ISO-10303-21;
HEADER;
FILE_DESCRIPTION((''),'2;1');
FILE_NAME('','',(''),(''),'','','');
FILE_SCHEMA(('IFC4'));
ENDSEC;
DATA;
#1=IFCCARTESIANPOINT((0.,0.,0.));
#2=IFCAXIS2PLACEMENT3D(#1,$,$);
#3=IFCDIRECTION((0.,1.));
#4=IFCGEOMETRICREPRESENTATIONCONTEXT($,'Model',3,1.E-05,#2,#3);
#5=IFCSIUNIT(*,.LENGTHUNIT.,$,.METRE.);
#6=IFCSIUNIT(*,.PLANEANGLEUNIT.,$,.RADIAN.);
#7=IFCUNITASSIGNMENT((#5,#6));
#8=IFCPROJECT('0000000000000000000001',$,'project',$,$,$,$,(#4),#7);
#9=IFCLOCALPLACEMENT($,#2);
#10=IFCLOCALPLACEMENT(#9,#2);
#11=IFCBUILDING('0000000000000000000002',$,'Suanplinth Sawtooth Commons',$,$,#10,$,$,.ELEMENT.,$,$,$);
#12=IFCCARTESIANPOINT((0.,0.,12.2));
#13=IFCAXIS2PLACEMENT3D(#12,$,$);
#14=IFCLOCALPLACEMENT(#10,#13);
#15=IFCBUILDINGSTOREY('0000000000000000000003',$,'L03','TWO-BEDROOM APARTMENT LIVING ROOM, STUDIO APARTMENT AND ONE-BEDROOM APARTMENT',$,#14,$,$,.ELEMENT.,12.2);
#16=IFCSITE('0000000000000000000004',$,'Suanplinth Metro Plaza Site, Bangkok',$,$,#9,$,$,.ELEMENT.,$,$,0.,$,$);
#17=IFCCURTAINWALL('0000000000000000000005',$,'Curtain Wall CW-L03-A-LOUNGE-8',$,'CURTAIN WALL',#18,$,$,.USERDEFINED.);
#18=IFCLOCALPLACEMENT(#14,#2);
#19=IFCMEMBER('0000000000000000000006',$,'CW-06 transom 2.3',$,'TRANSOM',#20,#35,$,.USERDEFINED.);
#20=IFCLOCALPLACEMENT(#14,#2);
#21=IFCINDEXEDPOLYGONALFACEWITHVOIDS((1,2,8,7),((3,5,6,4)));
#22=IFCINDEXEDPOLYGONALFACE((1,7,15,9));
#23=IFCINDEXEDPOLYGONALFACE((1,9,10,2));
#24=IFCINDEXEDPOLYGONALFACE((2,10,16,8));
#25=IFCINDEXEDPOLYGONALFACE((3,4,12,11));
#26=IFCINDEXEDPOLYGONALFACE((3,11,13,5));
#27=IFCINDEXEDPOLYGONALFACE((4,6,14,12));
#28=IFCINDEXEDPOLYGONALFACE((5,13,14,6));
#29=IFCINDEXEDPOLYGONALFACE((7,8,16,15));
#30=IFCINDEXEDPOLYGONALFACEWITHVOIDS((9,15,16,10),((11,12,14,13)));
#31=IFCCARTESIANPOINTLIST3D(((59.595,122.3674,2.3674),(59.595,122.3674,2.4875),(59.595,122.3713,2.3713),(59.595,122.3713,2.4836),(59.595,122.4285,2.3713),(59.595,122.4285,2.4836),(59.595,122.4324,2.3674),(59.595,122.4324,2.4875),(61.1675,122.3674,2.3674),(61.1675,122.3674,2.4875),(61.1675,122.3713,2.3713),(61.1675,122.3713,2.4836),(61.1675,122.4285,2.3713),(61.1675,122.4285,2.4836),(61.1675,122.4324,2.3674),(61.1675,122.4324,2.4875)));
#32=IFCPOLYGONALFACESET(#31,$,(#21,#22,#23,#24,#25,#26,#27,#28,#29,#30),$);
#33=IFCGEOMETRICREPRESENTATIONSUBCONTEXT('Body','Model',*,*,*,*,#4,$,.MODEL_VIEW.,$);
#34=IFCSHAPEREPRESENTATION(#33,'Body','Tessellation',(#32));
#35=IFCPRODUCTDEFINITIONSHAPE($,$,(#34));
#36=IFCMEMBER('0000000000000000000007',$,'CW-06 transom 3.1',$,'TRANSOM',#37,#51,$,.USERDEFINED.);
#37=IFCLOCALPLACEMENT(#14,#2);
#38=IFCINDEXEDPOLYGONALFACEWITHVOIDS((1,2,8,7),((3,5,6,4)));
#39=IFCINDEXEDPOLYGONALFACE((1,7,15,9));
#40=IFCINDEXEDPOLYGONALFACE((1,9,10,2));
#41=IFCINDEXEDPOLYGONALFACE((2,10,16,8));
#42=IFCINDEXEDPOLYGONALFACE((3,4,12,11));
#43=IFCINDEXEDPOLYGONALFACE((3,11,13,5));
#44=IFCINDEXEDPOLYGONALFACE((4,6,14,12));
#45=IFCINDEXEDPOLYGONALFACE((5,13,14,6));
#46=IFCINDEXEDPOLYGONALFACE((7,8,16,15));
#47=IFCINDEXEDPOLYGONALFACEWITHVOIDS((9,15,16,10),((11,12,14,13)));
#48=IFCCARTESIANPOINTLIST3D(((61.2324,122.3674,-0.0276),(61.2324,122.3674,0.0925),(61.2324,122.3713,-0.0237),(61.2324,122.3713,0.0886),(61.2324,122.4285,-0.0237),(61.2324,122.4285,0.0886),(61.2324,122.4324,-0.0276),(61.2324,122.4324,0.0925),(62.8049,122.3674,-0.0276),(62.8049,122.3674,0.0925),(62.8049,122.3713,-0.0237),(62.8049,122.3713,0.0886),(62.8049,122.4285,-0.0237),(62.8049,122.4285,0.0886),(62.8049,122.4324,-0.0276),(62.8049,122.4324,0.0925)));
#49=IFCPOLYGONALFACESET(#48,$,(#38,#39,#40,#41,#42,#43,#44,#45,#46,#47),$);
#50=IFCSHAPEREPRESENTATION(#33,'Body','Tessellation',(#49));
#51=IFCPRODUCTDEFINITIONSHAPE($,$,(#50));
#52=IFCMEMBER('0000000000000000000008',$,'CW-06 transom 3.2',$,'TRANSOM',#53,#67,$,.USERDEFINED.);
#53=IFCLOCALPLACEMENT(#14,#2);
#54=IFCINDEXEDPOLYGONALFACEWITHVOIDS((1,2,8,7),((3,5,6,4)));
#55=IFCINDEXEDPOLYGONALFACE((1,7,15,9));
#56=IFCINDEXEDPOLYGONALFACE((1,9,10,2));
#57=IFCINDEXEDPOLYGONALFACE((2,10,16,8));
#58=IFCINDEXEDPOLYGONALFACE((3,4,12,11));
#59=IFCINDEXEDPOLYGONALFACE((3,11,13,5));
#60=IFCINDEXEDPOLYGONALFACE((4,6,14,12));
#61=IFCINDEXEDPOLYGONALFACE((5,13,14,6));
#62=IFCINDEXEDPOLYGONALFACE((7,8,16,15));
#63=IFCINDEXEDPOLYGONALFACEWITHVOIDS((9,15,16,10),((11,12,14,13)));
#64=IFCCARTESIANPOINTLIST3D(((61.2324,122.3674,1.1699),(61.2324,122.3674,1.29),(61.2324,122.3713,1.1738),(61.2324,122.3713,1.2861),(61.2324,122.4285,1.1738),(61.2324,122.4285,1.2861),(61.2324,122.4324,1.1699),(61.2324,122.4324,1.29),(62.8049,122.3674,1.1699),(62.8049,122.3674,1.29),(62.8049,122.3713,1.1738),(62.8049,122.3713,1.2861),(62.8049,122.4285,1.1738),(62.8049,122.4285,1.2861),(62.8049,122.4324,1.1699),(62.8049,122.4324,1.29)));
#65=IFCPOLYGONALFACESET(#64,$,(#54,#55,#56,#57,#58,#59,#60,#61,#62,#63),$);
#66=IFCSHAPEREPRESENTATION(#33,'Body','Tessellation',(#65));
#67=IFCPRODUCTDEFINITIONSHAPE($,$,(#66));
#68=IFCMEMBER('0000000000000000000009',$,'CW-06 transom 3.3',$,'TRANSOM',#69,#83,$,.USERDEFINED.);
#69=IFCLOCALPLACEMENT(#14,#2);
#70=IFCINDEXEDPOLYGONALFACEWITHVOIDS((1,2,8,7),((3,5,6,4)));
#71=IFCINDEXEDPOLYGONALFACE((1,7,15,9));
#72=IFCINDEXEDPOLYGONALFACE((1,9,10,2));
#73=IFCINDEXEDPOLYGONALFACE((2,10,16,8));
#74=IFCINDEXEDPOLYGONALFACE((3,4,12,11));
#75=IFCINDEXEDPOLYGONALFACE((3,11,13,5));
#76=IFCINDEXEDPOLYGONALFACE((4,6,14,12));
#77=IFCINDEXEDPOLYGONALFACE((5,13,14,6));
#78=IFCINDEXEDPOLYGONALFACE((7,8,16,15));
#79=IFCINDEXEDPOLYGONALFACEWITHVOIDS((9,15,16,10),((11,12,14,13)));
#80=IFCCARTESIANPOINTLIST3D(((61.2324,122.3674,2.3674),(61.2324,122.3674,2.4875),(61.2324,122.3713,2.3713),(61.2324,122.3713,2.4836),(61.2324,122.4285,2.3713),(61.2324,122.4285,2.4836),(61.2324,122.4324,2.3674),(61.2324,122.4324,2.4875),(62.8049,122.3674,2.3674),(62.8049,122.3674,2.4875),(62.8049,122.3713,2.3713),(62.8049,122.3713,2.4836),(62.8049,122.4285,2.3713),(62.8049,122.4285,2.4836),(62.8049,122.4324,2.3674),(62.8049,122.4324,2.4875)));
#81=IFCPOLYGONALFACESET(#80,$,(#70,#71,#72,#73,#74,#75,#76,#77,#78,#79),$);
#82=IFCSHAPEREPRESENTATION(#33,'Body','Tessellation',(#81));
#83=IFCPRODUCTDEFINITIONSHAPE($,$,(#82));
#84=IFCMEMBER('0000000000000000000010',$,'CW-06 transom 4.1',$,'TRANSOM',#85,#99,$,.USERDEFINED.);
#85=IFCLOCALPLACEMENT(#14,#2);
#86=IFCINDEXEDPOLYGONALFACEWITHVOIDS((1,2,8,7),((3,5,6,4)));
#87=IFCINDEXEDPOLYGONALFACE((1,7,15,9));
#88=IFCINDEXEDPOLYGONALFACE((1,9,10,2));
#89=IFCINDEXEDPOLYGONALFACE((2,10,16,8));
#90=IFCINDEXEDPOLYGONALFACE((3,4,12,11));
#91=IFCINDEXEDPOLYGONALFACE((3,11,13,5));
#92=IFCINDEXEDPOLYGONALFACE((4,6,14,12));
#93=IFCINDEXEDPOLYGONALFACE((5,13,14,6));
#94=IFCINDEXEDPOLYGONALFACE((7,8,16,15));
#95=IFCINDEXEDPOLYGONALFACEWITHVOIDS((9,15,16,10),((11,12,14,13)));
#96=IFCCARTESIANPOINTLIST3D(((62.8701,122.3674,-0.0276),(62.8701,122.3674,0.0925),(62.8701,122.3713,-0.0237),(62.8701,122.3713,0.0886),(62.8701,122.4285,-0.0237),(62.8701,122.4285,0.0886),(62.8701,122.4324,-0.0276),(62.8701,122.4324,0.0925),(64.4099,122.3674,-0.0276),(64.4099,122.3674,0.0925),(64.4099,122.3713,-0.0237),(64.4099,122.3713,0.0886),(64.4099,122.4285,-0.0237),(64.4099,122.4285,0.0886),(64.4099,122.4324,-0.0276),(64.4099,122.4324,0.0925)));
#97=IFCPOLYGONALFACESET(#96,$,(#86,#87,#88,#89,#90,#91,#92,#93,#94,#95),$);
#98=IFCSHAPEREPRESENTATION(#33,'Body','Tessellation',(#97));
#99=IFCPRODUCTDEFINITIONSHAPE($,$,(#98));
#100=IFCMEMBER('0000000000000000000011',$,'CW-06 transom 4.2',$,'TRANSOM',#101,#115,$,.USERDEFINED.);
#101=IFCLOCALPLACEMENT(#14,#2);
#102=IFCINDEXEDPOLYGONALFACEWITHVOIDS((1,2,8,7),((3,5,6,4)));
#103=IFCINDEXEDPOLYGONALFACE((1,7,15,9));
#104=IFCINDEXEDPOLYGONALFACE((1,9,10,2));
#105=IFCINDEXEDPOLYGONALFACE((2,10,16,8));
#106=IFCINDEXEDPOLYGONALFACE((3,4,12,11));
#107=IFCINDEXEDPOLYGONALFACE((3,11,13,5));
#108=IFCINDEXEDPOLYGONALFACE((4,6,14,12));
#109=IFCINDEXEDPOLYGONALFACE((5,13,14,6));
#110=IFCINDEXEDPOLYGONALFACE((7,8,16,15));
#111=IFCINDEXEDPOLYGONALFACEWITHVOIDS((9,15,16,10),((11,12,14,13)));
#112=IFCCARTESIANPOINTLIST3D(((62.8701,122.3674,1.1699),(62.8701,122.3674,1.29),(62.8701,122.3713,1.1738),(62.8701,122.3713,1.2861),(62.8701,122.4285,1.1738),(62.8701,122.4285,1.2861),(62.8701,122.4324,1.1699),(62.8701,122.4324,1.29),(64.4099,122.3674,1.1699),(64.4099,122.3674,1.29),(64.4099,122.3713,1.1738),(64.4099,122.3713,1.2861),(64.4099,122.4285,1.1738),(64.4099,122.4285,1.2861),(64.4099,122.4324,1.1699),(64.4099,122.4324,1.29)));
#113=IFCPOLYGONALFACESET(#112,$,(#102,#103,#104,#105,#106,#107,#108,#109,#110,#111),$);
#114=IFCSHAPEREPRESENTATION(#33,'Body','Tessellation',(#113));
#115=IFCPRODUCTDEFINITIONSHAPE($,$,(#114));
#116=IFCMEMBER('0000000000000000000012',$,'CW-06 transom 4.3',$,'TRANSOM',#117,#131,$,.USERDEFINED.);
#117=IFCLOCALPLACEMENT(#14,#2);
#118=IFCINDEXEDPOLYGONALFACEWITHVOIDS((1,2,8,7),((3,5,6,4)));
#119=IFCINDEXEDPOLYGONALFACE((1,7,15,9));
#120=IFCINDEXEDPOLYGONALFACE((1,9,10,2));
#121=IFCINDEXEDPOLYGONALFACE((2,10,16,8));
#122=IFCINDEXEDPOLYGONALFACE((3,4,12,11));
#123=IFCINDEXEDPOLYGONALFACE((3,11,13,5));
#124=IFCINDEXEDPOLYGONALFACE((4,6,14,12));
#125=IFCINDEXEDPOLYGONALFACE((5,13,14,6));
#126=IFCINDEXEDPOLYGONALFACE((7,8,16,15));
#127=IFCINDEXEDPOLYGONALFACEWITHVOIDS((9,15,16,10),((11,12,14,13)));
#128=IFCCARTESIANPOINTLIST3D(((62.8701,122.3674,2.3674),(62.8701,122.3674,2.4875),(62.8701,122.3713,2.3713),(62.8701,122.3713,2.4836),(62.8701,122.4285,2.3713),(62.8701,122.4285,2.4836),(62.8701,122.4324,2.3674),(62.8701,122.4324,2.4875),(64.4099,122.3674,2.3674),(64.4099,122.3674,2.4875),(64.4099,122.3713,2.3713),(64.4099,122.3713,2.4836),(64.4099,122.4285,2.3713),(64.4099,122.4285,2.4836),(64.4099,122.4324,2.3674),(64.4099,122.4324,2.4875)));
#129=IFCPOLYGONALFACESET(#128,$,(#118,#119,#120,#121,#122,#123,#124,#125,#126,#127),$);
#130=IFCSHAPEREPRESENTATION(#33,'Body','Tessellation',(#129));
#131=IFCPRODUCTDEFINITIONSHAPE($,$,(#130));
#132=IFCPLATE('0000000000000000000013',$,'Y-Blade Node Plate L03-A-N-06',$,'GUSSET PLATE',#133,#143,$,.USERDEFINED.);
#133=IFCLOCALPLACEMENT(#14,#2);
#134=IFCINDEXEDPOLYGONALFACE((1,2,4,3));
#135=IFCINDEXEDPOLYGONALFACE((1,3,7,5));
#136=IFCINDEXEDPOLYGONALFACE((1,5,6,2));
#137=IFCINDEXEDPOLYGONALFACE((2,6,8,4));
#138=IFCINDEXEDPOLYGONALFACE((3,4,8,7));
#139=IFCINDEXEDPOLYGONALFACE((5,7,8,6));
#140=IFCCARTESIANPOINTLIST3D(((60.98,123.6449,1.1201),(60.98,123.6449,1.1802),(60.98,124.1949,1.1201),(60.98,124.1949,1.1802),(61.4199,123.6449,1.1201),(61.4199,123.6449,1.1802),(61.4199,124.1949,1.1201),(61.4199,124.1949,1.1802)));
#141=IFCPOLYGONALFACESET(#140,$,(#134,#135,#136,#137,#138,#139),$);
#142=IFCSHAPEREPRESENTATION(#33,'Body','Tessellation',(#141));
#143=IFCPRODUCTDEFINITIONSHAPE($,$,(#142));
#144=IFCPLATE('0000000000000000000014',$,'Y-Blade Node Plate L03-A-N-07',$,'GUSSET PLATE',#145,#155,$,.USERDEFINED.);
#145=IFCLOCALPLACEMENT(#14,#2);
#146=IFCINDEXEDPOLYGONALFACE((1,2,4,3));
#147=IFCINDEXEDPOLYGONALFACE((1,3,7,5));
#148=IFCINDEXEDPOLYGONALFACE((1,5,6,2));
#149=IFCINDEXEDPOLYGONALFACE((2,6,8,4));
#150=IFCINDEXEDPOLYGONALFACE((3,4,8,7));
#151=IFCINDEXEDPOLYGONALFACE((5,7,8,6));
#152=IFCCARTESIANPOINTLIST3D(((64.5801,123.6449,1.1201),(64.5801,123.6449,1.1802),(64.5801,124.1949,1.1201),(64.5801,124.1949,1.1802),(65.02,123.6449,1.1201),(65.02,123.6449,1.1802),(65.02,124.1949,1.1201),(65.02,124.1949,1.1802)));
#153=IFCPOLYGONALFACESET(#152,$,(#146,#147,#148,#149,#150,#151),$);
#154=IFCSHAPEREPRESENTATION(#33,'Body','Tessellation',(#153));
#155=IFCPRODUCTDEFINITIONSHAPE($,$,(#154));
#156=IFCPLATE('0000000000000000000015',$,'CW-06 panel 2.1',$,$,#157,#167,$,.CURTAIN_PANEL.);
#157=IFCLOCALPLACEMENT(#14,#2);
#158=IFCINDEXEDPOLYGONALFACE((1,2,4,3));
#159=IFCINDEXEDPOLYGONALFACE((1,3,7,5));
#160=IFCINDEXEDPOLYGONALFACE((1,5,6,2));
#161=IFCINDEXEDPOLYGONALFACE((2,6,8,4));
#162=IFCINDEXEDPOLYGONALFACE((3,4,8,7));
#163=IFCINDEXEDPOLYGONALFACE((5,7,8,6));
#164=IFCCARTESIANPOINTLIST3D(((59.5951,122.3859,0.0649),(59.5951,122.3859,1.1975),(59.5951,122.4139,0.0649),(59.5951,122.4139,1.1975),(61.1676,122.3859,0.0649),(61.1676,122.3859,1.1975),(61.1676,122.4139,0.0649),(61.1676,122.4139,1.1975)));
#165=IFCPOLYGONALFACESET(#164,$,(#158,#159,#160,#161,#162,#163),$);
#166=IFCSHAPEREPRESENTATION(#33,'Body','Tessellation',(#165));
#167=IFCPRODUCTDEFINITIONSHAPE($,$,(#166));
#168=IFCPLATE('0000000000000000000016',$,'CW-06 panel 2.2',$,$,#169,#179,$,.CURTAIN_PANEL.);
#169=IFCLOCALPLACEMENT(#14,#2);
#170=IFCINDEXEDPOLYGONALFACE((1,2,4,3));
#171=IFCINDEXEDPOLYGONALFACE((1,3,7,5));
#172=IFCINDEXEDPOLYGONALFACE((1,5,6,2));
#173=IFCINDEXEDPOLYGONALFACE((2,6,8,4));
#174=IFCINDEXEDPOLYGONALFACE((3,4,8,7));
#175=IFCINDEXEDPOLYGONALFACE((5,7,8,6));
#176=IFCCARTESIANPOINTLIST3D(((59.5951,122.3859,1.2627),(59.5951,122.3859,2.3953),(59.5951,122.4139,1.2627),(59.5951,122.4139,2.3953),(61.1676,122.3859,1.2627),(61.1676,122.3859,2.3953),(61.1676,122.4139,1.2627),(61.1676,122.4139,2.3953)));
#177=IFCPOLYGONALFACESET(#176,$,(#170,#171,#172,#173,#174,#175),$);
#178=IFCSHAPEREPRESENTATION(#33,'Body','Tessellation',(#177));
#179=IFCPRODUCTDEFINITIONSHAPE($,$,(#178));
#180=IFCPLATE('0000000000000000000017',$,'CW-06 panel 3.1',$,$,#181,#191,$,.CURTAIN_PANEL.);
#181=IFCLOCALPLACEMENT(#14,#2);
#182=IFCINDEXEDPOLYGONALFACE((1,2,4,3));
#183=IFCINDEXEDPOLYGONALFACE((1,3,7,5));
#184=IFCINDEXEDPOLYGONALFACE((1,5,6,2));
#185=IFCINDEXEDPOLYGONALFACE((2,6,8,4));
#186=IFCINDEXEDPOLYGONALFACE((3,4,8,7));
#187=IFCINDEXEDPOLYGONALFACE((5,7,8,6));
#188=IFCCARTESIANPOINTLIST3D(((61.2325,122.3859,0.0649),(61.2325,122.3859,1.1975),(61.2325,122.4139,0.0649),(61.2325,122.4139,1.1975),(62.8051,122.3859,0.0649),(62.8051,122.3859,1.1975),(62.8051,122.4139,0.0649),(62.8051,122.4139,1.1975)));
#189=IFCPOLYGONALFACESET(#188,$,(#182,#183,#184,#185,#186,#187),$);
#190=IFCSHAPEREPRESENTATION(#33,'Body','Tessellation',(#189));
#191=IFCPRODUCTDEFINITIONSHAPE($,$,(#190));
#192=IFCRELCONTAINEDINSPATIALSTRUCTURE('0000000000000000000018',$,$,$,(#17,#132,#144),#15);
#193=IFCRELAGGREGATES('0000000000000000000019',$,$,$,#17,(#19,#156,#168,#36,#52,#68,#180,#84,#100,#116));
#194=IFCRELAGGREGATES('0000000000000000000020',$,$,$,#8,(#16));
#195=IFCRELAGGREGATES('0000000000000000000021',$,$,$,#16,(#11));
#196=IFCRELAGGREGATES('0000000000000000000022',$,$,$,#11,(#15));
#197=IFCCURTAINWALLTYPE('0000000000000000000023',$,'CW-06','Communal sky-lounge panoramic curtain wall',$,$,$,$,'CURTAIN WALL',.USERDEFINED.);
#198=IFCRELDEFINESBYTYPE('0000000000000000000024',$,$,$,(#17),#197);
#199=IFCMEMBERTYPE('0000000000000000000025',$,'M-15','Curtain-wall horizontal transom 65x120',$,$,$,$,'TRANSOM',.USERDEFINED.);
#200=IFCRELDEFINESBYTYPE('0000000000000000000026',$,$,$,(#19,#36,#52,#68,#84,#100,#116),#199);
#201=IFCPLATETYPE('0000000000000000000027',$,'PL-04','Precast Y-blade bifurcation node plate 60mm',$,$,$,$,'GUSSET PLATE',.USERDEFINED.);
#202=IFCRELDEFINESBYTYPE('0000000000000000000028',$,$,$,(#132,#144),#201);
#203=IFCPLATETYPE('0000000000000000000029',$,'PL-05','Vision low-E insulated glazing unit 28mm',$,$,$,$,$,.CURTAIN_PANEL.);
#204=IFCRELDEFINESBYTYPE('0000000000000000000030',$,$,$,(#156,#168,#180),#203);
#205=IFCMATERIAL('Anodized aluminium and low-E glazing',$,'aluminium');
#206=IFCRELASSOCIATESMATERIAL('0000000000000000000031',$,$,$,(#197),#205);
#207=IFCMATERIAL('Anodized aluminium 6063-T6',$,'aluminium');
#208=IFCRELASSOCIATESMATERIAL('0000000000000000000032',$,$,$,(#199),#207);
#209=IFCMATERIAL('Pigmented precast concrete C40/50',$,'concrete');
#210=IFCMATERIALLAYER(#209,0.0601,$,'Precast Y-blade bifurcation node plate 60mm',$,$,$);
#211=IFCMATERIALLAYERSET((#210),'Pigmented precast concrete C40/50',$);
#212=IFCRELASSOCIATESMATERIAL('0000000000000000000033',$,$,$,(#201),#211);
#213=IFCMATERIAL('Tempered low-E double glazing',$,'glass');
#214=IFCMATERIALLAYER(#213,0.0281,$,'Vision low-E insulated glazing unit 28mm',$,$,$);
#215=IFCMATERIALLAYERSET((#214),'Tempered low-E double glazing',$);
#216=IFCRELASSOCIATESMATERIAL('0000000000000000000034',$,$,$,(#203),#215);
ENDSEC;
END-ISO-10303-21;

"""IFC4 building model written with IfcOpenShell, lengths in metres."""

from ifc_helpers import new_model, si_unit, direction, frame, origin, origin_2d, place, context, subcontext, project, spatial, rectangle, hollow_rectangle, extrude, material, layer, layer_set, material_profile, profile_set, type_object, element, aggregate, save


model = new_model("IFC4")

# Units and contexts
model_context = context("Model", 3, precision=1e-05, world=origin(), true_north=direction((0.0, 1.0)))
body_context = subcontext(model_context, "Body", "Model", "MODEL_VIEW")
ifc_project = project(units=[si_unit("LENGTHUNIT", "METRE"), si_unit("PLANEANGLEUNIT", "RADIAN")], contexts=[model_context])

# Site, building, storey
site_placement = place(None, origin())
site = spatial("IfcSite", under=ifc_project, at=site_placement, Name="Suanplinth Metro Plaza Site, Bangkok", CompositionType="ELEMENT", RefElevation=0.0)
building_placement = place(site_placement, origin())
building = spatial("IfcBuilding", under=site, at=building_placement, Name="Suanplinth Sawtooth Commons", CompositionType="ELEMENT")
storey_placement = place(building_placement, frame((0.0, 0.0, 12.2)))
storey = spatial("IfcBuildingStorey", under=building, at=storey_placement, Name="L03", Description="TWO-BEDROOM APARTMENT LIVING ROOM, STUDIO APARTMENT AND ONE-BEDROOM APARTMENT", CompositionType="ELEMENT", Elevation=12.2)

# Shared definitions
ifc_material_1 = material(Name="Pigmented precast concrete C40/50", Category="concrete")

# Curtain wall, members
ifc_material_2 = material(Name="Anodized aluminium and low-E glazing", Category="aluminium")
curtain_wall_type = type_object("IfcCurtainWallType", Name="CW-06", Description="Communal sky-lounge panoramic curtain wall", ElementType="CURTAIN WALL", PredefinedType="USERDEFINED", material=ifc_material_2)
curtain_wall_placement = place(storey_placement, origin())
curtain_wall = element("IfcCurtainWall", 1, at=curtain_wall_placement, inside=storey, type_object=curtain_wall_type, Name="Curtain Wall CW-L03-A-LOUNGE-8", ObjectType="CURTAIN WALL", PredefinedType="USERDEFINED")
ifc_material_3 = material(Name="Anodized aluminium 6063-T6", Category="aluminium")
ifc_material_profile_1 = material_profile(ifc_material_3, hollow_rectangle(XDim=0.0649, YDim=0.1201, WallThickness=0.0039, at=origin_2d()), Name="ALU-TRN 65x120")
ifc_profile_set_1 = profile_set([ifc_material_profile_1], Name="Anodized aluminium 6063-T6")
member_type_1 = type_object("IfcMemberType", Name="M-15", Description="Curtain-wall horizontal transom 65x120", ElementType="TRANSOM", PredefinedType="USERDEFINED", material=ifc_profile_set_1)
member_1_placement = place(storey_placement, frame((59.595, 122.3999, 2.4275), z_axis=(1.0, 0.0, 0.0), x_axis=(0.0, 1.0, 0.0)))
member_1 = element("IfcMember", 2, at=member_1_placement, type_object=member_type_1, Name="CW-06 transom 2.3", ObjectType="TRANSOM", PredefinedType="USERDEFINED", context=body_context, shape_type="SweptSolid", body=[
    extrude(hollow_rectangle(XDim=0.0649, YDim=0.1201, WallThickness=0.0039, at=origin_2d()), origin(), (0.0, 0.0, 1.0), 1.5725),
])
member_2_placement = place(storey_placement, frame((61.2324, 122.3999, 0.0325), z_axis=(1.0, 0.0, 0.0), x_axis=(0.0, 1.0, 0.0)))
member_2 = element("IfcMember", 3, at=member_2_placement, type_object=member_type_1, Name="CW-06 transom 3.1", ObjectType="TRANSOM", PredefinedType="USERDEFINED", context=body_context, shape_type="SweptSolid", body=[
    extrude(hollow_rectangle(XDim=0.0649, YDim=0.1201, WallThickness=0.0039, at=origin_2d()), origin(), (0.0, 0.0, 1.0), 1.5725),
])
member_3_placement = place(storey_placement, frame((61.2324, 122.3999, 1.23), z_axis=(1.0, 0.0, 0.0), x_axis=(0.0, 1.0, 0.0)))
member_3 = element("IfcMember", 4, at=member_3_placement, type_object=member_type_1, Name="CW-06 transom 3.2", ObjectType="TRANSOM", PredefinedType="USERDEFINED", context=body_context, shape_type="SweptSolid", body=[
    extrude(hollow_rectangle(XDim=0.0649, YDim=0.1201, WallThickness=0.0039, at=origin_2d()), origin(), (0.0, 0.0, 1.0), 1.5725),
])
member_4_placement = place(storey_placement, frame((61.2324, 122.3999, 2.4275), z_axis=(1.0, 0.0, 0.0), x_axis=(0.0, 1.0, 0.0)))
member_4 = element("IfcMember", 5, at=member_4_placement, type_object=member_type_1, Name="CW-06 transom 3.3", ObjectType="TRANSOM", PredefinedType="USERDEFINED", context=body_context, shape_type="SweptSolid", body=[
    extrude(hollow_rectangle(XDim=0.0649, YDim=0.1201, WallThickness=0.0039, at=origin_2d()), origin(), (0.0, 0.0, 1.0), 1.5725),
])
member_5_placement = place(storey_placement, frame((62.8701, 122.3999, 0.0325), z_axis=(1.0, 0.0, 0.0), x_axis=(0.0, 1.0, 0.0)))
member_5 = element("IfcMember", 6, at=member_5_placement, type_object=member_type_1, Name="CW-06 transom 4.1", ObjectType="TRANSOM", PredefinedType="USERDEFINED", context=body_context, shape_type="SweptSolid", body=[
    extrude(hollow_rectangle(XDim=0.0649, YDim=0.1201, WallThickness=0.0039, at=origin_2d()), origin(), (0.0, 0.0, 1.0), 1.5398),
])
member_6_placement = place(storey_placement, frame((62.8701, 122.3999, 1.23), z_axis=(1.0, 0.0, 0.0), x_axis=(0.0, 1.0, 0.0)))
member_6 = element("IfcMember", 7, at=member_6_placement, type_object=member_type_1, Name="CW-06 transom 4.2", ObjectType="TRANSOM", PredefinedType="USERDEFINED", context=body_context, shape_type="SweptSolid", body=[
    extrude(hollow_rectangle(XDim=0.0649, YDim=0.1201, WallThickness=0.0039, at=origin_2d()), origin(), (0.0, 0.0, 1.0), 1.5398),
])
member_7_placement = place(storey_placement, frame((62.8701, 122.3999, 2.4275), z_axis=(1.0, 0.0, 0.0), x_axis=(0.0, 1.0, 0.0)))
member_7 = element("IfcMember", 8, at=member_7_placement, type_object=member_type_1, Name="CW-06 transom 4.3", ObjectType="TRANSOM", PredefinedType="USERDEFINED", context=body_context, shape_type="SweptSolid", body=[
    extrude(hollow_rectangle(XDim=0.0649, YDim=0.1201, WallThickness=0.0039, at=origin_2d()), origin(), (0.0, 0.0, 1.0), 1.5398),
])

# Plates
ifc_layer_1 = layer(ifc_material_1, 0.0601, Name="Precast Y-blade bifurcation node plate 60mm")
ifc_layer_set_1 = layer_set([ifc_layer_1], Name="Pigmented precast concrete C40/50")
plate_type_1 = type_object("IfcPlateType", Name="PL-04", Description="Precast Y-blade bifurcation node plate 60mm", ElementType="GUSSET PLATE", PredefinedType="USERDEFINED", material=ifc_layer_set_1)
for number, where, z_axis, x_axis, name in (
    (9, (61.2, 123.9199, 1.1201), (0.0, 0.0, 1.0), (1.0, 0.0, 0.0), "Y-Blade Node Plate L03-A-N-06"),
    (10, (64.8, 123.9199, 1.1201), (0.0, 0.0, 1.0), (1.0, 0.0, 0.0), "Y-Blade Node Plate L03-A-N-07"),
):
    element("IfcPlate", number, at=place(storey_placement, frame(where, z_axis=z_axis, x_axis=x_axis)), inside=storey, type_object=plate_type_1, Name=name, ObjectType="GUSSET PLATE", PredefinedType="USERDEFINED", context=body_context, shape_type="SweptSolid", body=[
        extrude(rectangle(XDim=0.4399, YDim=0.55, at=origin_2d()), origin(), (0.0, 0.0, 1.0), 0.0601),
    ])

# Plates
ifc_material_4 = material(Name="Tempered low-E double glazing", Category="glass")
ifc_layer_2 = layer(ifc_material_4, 0.0281, Name="Vision low-E insulated glazing unit 28mm")
ifc_layer_set_2 = layer_set([ifc_layer_2], Name="Tempered low-E double glazing")
plate_type_2 = type_object("IfcPlateType", Name="PL-05", Description="Vision low-E insulated glazing unit 28mm", PredefinedType="CURTAIN_PANEL", material=ifc_layer_set_2)
plate_1_placement = place(storey_placement, frame((60.3813, 122.3999, 0.0649), z_axis=(0.0, 0.0, 1.0), x_axis=(1.0, 0.0, 0.0)))
plate_1 = element("IfcPlate", 11, at=plate_1_placement, type_object=plate_type_2, Name="CW-06 panel 2.1", PredefinedType="CURTAIN_PANEL", context=body_context, shape_type="SweptSolid", body=[
    extrude(rectangle(XDim=1.5725, YDim=0.0281, at=origin_2d()), origin(), (0.0, 0.0, 1.0), 1.1326),
])
plate_2_placement = place(storey_placement, frame((60.3813, 122.3999, 1.2627), z_axis=(0.0, 0.0, 1.0), x_axis=(1.0, 0.0, 0.0)))
plate_2 = element("IfcPlate", 12, at=plate_2_placement, type_object=plate_type_2, Name="CW-06 panel 2.2", PredefinedType="CURTAIN_PANEL", context=body_context, shape_type="SweptSolid", body=[
    extrude(rectangle(XDim=1.5725, YDim=0.0281, at=origin_2d()), origin(), (0.0, 0.0, 1.0), 1.1326),
])
plate_3_placement = place(storey_placement, frame((62.0188, 122.3999, 0.0649), z_axis=(0.0, 0.0, 1.0), x_axis=(1.0, 0.0, 0.0)))
plate_3 = element("IfcPlate", 13, at=plate_3_placement, type_object=plate_type_2, Name="CW-06 panel 3.1", PredefinedType="CURTAIN_PANEL", context=body_context, shape_type="SweptSolid", body=[
    extrude(rectangle(XDim=1.5725, YDim=0.0281, at=origin_2d()), origin(), (0.0, 0.0, 1.0), 1.1326),
])
aggregate(curtain_wall, [member_1, plate_1, plate_2, member_2, member_3, member_4, plate_3, member_5, member_6, member_7])

save(model, "model.ifc")
